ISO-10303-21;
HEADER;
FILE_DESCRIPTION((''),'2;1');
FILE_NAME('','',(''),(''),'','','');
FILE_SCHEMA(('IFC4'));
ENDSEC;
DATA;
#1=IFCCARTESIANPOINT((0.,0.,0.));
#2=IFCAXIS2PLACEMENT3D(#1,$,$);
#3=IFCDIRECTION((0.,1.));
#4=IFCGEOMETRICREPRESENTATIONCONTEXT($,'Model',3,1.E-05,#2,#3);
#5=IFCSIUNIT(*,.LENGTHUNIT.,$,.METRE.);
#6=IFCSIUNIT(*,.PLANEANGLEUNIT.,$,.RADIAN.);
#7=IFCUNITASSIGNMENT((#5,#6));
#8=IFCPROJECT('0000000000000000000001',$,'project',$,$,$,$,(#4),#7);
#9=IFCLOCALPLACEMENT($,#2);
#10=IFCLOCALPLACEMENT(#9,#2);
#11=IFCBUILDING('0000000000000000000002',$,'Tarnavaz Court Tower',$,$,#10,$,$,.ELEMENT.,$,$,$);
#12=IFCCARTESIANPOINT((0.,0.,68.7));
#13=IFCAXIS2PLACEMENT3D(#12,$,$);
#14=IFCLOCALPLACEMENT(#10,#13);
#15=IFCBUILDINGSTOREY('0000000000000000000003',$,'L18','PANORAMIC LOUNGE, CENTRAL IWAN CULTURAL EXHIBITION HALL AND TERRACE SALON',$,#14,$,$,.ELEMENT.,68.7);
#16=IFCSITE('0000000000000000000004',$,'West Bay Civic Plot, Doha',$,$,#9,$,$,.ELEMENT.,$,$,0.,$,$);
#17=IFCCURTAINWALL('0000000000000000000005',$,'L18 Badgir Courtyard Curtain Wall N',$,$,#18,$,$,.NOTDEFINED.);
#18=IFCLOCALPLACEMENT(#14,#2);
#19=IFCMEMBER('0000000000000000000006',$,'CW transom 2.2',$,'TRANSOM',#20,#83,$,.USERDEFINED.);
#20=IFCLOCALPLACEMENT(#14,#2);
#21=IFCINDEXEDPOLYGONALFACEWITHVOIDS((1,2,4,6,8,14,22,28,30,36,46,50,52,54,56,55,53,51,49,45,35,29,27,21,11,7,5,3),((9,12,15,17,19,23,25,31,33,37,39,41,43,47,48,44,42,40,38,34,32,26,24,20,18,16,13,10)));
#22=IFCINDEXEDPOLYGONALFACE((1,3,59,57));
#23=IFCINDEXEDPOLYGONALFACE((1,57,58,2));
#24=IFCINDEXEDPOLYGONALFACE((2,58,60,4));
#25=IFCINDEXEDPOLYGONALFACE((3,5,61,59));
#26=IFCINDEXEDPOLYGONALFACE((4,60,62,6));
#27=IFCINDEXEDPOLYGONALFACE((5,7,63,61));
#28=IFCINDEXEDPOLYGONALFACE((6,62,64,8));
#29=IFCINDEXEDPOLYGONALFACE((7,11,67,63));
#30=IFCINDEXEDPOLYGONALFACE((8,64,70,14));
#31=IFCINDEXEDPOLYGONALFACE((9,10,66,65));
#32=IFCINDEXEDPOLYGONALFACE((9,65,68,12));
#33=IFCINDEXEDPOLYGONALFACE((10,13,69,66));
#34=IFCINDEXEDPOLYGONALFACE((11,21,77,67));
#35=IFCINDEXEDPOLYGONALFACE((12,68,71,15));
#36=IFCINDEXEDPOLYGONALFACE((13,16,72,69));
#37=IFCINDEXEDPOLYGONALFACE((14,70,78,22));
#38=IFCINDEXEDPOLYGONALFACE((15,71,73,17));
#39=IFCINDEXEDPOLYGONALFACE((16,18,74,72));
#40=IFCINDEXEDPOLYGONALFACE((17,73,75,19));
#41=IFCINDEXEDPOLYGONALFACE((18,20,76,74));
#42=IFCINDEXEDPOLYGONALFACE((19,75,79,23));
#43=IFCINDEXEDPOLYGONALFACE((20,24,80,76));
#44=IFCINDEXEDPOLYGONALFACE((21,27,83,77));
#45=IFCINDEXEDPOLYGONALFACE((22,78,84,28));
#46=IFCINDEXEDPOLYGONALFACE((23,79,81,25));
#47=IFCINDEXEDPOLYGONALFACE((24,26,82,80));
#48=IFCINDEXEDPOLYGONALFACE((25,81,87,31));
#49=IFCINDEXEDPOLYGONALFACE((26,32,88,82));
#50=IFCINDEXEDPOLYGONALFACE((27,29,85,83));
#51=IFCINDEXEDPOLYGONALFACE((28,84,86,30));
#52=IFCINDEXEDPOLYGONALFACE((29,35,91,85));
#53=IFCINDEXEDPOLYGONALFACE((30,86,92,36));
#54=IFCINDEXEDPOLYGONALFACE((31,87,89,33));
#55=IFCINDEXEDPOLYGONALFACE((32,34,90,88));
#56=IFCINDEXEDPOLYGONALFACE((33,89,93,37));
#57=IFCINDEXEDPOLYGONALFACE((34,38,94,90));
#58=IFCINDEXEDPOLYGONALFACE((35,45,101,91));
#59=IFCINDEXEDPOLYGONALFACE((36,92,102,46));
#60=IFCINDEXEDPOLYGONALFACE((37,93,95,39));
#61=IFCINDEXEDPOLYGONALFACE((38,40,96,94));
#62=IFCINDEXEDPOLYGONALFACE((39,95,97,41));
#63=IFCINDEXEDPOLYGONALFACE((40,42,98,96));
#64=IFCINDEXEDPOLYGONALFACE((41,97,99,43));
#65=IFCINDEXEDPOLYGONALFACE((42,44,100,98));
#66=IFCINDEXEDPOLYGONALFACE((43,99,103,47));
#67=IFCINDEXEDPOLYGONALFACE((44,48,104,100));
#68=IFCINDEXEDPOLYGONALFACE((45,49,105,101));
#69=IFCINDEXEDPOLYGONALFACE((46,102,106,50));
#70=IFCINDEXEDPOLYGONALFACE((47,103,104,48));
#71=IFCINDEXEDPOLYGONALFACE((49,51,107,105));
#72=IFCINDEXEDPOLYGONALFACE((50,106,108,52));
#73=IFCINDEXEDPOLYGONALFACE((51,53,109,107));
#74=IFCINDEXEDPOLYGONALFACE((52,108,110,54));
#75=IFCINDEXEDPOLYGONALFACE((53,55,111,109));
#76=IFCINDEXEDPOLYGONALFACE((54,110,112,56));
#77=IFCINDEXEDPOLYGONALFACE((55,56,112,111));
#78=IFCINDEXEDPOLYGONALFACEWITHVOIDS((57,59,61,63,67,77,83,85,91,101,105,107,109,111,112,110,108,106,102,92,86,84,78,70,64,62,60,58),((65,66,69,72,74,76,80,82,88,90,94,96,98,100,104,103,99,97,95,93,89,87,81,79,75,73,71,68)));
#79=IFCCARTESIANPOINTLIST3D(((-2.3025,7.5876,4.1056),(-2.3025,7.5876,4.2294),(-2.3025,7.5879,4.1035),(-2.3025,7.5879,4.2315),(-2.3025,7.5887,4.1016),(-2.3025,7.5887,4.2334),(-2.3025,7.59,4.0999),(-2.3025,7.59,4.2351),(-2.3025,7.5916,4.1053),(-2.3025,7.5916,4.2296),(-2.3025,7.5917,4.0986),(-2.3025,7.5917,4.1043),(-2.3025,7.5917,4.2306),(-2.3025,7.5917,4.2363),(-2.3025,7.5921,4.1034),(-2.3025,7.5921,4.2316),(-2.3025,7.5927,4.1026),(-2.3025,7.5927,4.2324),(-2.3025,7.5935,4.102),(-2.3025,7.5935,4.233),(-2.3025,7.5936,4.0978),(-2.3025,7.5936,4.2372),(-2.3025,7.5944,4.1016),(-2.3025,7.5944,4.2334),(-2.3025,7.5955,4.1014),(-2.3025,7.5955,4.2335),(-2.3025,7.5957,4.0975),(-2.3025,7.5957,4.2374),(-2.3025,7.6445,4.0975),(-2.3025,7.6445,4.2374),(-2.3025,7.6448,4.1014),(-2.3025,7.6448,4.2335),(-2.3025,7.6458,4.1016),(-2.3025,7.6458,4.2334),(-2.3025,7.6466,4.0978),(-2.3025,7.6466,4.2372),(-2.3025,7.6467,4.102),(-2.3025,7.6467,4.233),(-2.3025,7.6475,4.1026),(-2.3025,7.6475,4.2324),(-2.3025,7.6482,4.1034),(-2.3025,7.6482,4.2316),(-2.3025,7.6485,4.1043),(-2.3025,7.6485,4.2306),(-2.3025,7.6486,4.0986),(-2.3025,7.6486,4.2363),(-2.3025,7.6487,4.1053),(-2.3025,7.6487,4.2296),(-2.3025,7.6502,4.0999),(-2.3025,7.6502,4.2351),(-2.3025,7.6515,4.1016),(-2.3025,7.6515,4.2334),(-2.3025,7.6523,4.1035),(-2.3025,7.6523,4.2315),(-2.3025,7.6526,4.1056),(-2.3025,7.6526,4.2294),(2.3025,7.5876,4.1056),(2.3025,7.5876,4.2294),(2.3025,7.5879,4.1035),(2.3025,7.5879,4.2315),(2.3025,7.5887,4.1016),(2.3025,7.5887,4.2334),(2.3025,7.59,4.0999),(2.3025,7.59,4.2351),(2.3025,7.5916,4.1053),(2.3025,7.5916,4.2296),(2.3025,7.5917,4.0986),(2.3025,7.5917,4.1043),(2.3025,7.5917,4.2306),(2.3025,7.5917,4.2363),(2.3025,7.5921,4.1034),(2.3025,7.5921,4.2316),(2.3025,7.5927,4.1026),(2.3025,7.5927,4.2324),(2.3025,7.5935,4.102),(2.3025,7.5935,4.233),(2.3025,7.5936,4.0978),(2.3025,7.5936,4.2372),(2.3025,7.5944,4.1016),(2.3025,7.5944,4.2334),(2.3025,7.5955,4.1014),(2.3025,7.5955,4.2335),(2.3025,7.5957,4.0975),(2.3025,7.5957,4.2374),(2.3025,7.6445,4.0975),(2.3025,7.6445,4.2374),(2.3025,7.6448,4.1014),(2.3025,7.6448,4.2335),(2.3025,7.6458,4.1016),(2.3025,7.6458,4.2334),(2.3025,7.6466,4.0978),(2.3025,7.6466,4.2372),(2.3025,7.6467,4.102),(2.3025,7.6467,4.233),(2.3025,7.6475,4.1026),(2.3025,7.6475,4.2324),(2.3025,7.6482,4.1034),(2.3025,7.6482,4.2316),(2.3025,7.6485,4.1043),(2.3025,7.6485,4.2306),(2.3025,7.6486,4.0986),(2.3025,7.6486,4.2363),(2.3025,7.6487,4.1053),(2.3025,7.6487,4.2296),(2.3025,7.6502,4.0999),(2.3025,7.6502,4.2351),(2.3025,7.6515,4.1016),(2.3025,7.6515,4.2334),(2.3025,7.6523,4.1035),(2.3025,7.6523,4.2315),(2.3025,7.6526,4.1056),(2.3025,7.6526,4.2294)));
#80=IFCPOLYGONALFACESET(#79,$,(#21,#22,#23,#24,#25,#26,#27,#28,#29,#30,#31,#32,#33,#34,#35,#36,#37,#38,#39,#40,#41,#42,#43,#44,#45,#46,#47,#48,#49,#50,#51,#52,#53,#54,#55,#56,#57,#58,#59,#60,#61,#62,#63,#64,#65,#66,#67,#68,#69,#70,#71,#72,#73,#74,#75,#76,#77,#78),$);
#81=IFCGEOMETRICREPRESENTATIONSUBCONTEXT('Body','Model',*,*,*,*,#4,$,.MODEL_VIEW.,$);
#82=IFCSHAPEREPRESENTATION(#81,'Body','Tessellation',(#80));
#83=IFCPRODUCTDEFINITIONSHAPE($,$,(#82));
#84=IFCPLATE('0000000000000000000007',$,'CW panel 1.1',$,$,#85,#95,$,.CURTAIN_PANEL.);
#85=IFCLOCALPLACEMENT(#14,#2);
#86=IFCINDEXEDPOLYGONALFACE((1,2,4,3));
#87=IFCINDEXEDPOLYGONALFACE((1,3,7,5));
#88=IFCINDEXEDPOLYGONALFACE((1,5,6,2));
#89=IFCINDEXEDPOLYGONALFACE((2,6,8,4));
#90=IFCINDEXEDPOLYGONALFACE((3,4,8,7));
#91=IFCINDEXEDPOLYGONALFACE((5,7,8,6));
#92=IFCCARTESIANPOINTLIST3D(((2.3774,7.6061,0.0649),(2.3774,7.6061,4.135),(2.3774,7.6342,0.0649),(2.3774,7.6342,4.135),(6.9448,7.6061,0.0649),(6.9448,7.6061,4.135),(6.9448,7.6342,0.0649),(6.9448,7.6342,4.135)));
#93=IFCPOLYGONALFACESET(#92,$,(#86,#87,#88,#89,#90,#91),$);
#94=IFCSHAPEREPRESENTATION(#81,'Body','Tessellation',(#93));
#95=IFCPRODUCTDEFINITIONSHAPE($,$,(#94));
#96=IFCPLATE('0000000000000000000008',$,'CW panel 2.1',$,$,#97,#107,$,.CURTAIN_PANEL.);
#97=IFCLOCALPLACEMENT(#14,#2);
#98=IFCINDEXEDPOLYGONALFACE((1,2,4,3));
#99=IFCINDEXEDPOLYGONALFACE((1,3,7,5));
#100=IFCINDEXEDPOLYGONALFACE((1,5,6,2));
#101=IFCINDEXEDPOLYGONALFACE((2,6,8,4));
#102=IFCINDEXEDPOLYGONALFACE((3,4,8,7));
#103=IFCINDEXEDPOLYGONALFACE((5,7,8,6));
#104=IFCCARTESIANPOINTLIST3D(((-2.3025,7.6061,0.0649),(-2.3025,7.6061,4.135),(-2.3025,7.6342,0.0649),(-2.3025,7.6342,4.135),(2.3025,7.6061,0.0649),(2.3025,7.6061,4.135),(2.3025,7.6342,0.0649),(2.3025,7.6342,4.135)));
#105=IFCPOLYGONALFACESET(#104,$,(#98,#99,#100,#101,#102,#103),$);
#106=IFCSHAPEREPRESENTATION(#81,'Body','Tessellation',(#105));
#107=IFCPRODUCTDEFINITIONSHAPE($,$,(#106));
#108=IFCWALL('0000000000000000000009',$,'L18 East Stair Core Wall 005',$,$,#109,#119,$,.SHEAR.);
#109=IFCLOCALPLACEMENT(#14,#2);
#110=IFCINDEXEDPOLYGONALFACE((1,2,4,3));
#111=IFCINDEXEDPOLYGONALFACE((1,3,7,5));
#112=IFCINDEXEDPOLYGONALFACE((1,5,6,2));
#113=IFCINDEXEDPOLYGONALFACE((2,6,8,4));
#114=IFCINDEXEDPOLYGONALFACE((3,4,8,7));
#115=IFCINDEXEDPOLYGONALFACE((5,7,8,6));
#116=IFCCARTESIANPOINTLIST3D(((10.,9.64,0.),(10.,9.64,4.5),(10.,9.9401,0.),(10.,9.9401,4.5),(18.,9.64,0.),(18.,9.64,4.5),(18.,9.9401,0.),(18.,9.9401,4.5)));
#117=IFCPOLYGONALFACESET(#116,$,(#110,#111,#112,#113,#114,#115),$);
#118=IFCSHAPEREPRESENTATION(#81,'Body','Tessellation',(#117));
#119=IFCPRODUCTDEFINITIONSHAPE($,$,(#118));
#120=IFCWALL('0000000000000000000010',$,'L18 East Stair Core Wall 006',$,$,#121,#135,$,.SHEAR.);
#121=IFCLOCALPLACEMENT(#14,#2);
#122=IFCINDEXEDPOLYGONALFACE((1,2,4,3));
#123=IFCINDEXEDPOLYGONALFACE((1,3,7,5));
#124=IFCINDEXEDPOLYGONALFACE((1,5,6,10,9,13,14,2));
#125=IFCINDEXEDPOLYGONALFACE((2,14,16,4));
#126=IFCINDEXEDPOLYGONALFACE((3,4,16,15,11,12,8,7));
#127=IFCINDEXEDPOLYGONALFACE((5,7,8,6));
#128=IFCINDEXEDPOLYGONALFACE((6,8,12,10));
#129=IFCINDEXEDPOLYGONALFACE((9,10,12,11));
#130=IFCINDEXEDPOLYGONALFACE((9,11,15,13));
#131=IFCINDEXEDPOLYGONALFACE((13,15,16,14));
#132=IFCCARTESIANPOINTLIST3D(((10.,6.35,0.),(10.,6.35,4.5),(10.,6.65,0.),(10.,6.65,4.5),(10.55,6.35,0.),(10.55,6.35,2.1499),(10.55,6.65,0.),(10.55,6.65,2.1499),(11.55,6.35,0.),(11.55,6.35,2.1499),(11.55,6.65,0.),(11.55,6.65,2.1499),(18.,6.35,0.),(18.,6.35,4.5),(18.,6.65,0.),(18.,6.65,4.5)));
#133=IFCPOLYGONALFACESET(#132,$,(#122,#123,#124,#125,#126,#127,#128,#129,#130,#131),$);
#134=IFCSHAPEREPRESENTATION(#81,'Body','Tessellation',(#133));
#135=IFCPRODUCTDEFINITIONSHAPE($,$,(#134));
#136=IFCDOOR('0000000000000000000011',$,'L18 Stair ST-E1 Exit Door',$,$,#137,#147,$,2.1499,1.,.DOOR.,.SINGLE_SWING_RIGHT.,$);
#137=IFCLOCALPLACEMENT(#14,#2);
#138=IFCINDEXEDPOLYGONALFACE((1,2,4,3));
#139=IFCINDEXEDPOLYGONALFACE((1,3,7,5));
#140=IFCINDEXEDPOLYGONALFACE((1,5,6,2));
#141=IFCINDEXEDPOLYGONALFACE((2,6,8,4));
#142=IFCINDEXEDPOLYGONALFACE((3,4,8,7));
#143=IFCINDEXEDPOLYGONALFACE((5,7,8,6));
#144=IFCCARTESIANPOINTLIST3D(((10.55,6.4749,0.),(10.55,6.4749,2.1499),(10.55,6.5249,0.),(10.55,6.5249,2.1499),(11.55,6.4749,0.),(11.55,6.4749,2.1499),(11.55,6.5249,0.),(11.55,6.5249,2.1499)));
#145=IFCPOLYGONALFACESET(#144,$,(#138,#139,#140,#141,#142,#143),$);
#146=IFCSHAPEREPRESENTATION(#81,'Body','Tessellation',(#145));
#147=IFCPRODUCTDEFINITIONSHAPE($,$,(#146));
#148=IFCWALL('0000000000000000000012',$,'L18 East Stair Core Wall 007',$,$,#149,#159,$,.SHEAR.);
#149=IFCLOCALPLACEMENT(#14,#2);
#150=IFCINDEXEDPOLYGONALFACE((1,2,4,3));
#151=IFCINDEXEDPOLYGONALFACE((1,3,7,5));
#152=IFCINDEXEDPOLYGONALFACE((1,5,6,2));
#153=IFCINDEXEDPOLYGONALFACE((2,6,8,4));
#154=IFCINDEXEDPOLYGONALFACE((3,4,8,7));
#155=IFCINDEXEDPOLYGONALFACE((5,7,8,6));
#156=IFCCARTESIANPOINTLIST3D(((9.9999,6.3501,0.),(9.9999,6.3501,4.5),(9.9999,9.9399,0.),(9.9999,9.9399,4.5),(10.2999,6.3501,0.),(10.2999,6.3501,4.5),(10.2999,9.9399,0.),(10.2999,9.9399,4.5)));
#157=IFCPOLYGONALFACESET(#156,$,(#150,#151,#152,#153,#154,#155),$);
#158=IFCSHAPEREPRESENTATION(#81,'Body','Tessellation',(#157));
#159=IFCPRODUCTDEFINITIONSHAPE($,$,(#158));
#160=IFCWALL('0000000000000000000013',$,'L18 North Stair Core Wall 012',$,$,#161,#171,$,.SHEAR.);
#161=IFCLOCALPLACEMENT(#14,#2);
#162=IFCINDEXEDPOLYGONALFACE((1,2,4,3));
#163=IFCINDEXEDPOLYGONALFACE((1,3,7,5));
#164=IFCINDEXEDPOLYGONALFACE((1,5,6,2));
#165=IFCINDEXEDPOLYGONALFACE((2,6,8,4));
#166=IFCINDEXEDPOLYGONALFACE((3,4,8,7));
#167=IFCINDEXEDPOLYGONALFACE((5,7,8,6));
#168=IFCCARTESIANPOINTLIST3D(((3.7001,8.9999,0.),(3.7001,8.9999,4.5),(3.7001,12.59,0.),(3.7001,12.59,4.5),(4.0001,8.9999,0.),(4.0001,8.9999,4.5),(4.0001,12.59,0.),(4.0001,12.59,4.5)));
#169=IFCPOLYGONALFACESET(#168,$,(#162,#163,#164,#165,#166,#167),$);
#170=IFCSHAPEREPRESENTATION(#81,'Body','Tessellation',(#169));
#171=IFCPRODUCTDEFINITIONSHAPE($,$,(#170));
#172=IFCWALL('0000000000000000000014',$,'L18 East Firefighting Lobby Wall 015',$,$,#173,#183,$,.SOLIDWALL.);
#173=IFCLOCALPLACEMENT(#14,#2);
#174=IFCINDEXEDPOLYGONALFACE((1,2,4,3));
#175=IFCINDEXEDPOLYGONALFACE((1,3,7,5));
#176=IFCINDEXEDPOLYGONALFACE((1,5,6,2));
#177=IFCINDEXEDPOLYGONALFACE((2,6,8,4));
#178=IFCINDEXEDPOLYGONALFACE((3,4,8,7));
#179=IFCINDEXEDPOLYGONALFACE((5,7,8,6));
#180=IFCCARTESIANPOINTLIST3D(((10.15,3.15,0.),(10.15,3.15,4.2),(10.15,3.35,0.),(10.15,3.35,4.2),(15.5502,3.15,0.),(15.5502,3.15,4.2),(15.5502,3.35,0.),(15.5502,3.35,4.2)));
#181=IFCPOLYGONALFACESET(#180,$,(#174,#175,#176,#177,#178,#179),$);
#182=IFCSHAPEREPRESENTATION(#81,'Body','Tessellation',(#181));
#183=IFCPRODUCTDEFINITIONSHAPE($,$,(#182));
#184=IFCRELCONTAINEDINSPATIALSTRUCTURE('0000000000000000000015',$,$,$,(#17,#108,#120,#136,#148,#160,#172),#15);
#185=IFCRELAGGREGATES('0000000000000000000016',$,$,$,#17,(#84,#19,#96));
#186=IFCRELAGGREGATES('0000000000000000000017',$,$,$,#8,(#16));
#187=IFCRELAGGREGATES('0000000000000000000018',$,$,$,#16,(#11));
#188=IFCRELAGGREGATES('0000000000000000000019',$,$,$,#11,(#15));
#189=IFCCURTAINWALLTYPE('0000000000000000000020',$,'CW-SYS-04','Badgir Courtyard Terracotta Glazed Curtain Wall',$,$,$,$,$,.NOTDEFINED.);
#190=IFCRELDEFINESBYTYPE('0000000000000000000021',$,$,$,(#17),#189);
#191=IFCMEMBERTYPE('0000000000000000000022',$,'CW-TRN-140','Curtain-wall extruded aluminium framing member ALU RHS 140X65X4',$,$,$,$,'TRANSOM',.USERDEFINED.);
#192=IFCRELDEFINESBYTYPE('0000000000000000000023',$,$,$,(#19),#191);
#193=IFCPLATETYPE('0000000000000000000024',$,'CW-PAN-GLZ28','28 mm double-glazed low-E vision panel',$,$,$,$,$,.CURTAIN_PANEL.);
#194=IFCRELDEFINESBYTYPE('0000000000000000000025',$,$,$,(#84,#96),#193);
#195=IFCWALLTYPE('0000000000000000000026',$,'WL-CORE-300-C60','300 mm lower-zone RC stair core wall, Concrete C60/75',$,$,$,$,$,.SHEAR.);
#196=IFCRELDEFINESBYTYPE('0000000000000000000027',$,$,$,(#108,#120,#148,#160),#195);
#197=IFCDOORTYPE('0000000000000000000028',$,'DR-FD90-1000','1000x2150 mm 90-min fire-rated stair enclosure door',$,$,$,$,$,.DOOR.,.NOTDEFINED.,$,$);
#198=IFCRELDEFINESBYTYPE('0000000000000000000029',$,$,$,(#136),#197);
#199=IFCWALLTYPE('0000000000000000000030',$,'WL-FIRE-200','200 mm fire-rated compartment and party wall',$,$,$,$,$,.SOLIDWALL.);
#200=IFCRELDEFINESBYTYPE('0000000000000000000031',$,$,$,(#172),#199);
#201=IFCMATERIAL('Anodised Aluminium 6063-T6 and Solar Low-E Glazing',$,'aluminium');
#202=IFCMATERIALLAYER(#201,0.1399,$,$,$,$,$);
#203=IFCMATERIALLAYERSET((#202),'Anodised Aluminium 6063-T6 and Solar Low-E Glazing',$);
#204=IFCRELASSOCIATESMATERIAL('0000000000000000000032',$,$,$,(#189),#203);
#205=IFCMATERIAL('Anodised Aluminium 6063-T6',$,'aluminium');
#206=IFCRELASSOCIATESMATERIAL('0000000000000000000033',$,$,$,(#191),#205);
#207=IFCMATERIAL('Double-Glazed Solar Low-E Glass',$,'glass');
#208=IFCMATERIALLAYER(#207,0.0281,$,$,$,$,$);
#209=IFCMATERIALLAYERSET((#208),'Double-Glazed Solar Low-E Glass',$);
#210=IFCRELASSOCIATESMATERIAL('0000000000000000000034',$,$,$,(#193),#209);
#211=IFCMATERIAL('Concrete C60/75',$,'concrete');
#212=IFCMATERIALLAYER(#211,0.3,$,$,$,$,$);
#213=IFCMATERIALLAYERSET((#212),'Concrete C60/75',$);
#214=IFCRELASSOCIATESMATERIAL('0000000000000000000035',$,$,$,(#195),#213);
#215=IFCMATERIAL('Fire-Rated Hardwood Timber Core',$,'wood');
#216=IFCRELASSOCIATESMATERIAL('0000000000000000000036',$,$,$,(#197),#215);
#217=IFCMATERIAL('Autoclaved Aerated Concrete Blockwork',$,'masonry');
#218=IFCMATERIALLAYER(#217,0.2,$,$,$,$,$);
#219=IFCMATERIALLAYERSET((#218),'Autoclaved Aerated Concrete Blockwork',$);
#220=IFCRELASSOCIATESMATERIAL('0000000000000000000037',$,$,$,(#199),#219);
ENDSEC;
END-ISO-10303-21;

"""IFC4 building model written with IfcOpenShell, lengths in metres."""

from ifc_helpers import new_model, si_unit, direction, frame, frame_2d, origin, origin_2d, place, context, subcontext, project, spatial, rectangle, hollow_rectangle, extrude, material, layer, layer_set, material_profile, profile_set, type_object, element, fill, aggregate, save


model = new_model("IFC4")

# Units and contexts
model_context = context("Model", 3, precision=1e-05, world=origin(), true_north=direction((0.0, 1.0)))
body_context = subcontext(model_context, "Body", "Model", "MODEL_VIEW")
ifc_project = project(units=[si_unit("LENGTHUNIT", "METRE"), si_unit("PLANEANGLEUNIT", "RADIAN")], contexts=[model_context])

# Site, building, storey
site_placement = place(None, origin())
site = spatial("IfcSite", under=ifc_project, at=site_placement, Name="West Bay Civic Plot, Doha", CompositionType="ELEMENT", RefElevation=0.0)
building_placement = place(site_placement, origin())
building = spatial("IfcBuilding", under=site, at=building_placement, Name="Tarnavaz Court Tower", CompositionType="ELEMENT")
storey_placement = place(building_placement, frame((0.0, 0.0, 68.7)))
storey = spatial("IfcBuildingStorey", under=building, at=storey_placement, Name="L18", Description="PANORAMIC LOUNGE, CENTRAL IWAN CULTURAL EXHIBITION HALL AND TERRACE SALON", CompositionType="ELEMENT", Elevation=68.7)

# Shared definitions
ifc_material_1 = material(Name="Concrete C60/75", Category="concrete")

# Curtain wall, member, plates
ifc_material_2 = material(Name="Anodised Aluminium 6063-T6 and Solar Low-E Glazing", Category="aluminium")
ifc_layer_1 = layer(ifc_material_2, 0.1399)
ifc_layer_set_1 = layer_set([ifc_layer_1], Name="Anodised Aluminium 6063-T6 and Solar Low-E Glazing")
curtain_wall_type = type_object("IfcCurtainWallType", Name="CW-SYS-04", Description="Badgir Courtyard Terracotta Glazed Curtain Wall", PredefinedType="NOTDEFINED", material=ifc_layer_set_1)
curtain_wall_placement = place(storey_placement, origin())
curtain_wall = element("IfcCurtainWall", 1, at=curtain_wall_placement, inside=storey, type_object=curtain_wall_type, Name="L18 Badgir Courtyard Curtain Wall N", PredefinedType="NOTDEFINED")
ifc_material_3 = material(Name="Anodised Aluminium 6063-T6", Category="aluminium")
ifc_material_profile_1 = material_profile(ifc_material_3, hollow_rectangle(XDim=0.0649, YDim=0.1399, WallThickness=0.0039, InnerFilletRadius=0.0039, OuterFilletRadius=0.0081, at=origin_2d()), Name="ALU RHS 140X65X4")
ifc_profile_set_1 = profile_set([ifc_material_profile_1], Name="Anodised Aluminium 6063-T6")
member_type_1 = type_object("IfcMemberType", Name="CW-TRN-140", Description="Curtain-wall extruded aluminium framing member ALU RHS 140X65X4", ElementType="TRANSOM", PredefinedType="USERDEFINED", material=ifc_profile_set_1)
member_1_placement = place(storey_placement, frame((2.3025, 7.6201, 4.1675), z_axis=(-1.0, 0.0, 0.0), x_axis=(0.0, -1.0, 0.0)))
member_1 = element("IfcMember", 2, at=member_1_placement, type_object=member_type_1, Name="CW transom 2.2", ObjectType="TRANSOM", PredefinedType="USERDEFINED", context=body_context, shape_type="SweptSolid", body=[
    extrude(hollow_rectangle(XDim=0.0649, YDim=0.1399, WallThickness=0.0039, InnerFilletRadius=0.0039, OuterFilletRadius=0.0081, at=origin_2d()), origin(), (0.0, 0.0, 1.0), 4.605),
])
ifc_material_4 = material(Name="Double-Glazed Solar Low-E Glass", Category="glass")
ifc_layer_2 = layer(ifc_material_4, 0.0281)
ifc_layer_set_2 = layer_set([ifc_layer_2], Name="Double-Glazed Solar Low-E Glass")
plate_type = type_object("IfcPlateType", Name="CW-PAN-GLZ28", Description="28 mm double-glazed low-E vision panel", PredefinedType="CURTAIN_PANEL", material=ifc_layer_set_2)
plate_1_placement = place(storey_placement, frame((4.6611, 7.6201, 0.0649), z_axis=(0.0, 0.0, 1.0), x_axis=(-1.0, 0.0, 0.0)))
plate_1 = element("IfcPlate", 3, at=plate_1_placement, type_object=plate_type, Name="CW panel 1.1", PredefinedType="CURTAIN_PANEL", context=body_context, shape_type="SweptSolid", body=[
    extrude(rectangle(XDim=4.5674, YDim=0.0281, at=origin_2d()), origin(), (0.0, 0.0, 1.0), 4.0701),
])
plate_2_placement = place(storey_placement, frame((0.0, 7.6201, 0.0649), z_axis=(0.0, 0.0, 1.0), x_axis=(-1.0, 0.0, 0.0)))
plate_2 = element("IfcPlate", 4, at=plate_2_placement, type_object=plate_type, Name="CW panel 2.1", PredefinedType="CURTAIN_PANEL", context=body_context, shape_type="SweptSolid", body=[
    extrude(rectangle(XDim=4.605, YDim=0.0281, at=origin_2d()), origin(), (0.0, 0.0, 1.0), 4.0701),
])
aggregate(curtain_wall, [plate_1, member_1, plate_2])

# Wall
ifc_layer_3 = layer(ifc_material_1, 0.3)
ifc_layer_set_3 = layer_set([ifc_layer_3], Name="Concrete C60/75")
wall_type_1 = type_object("IfcWallType", Name="WL-CORE-300-C60", Description="300 mm lower-zone RC stair core wall, Concrete C60/75", PredefinedType="SHEAR", material=ifc_layer_set_3)
wall_1_placement = place(storey_placement, frame((10.0, 9.79, 0.0), z_axis=(0.0, 0.0, 1.0), x_axis=(1.0, 0.0, 0.0)))
element("IfcWall", 5, at=wall_1_placement, inside=storey, type_object=wall_type_1, Name="L18 East Stair Core Wall 005", PredefinedType="SHEAR", context=body_context, shape_type="SweptSolid", body=[
    extrude(rectangle(XDim=8.0, YDim=0.3, at=frame_2d((4.0, 0.0))), origin(), (0.0, 0.0, 1.0), 4.5),
])

# Wall, opening, door
wall_2_placement = place(storey_placement, frame((10.0, 6.5, 0.0), z_axis=(0.0, 0.0, 1.0), x_axis=(1.0, 0.0, 0.0)))
wall_2 = element("IfcWall", 6, at=wall_2_placement, inside=storey, type_object=wall_type_1, Name="L18 East Stair Core Wall 006", PredefinedType="SHEAR", context=body_context, shape_type="SweptSolid", body=[
    extrude(rectangle(XDim=8.0, YDim=0.3, at=frame_2d((4.0, 0.0))), origin(), (0.0, 0.0, 1.0), 4.5),
])
opening_1_placement = place(wall_2_placement, frame((0.55, 0.0, 0.0)))
opening_1 = element("IfcOpeningElement", 7, at=opening_1_placement, cuts=wall_2, PredefinedType="OPENING", context=body_context, shape_type="SweptSolid", body=[
    extrude(rectangle(XDim=1.0, YDim=2.1499, at=frame_2d((0.5, 1.075))), frame((0.0, 0.1599, 0.0), z_axis=(0.0, -1.0, 0.0), x_axis=(1.0, 0.0, 0.0)), (0.0, 0.0, 1.0), 0.3201),
])
ifc_material_5 = material(Name="Fire-Rated Hardwood Timber Core", Category="wood")
door_type_1 = type_object("IfcDoorType", Name="DR-FD90-1000", Description="1000x2150 mm 90-min fire-rated stair enclosure door", OperationType="NOTDEFINED", PredefinedType="DOOR", material=ifc_material_5)
door_1_placement = place(opening_1_placement, origin())
door_1 = element("IfcDoor", 8, at=door_1_placement, inside=storey, type_object=door_type_1, Name="L18 Stair ST-E1 Exit Door", OperationType="SINGLE_SWING_RIGHT", OverallHeight=2.1499, OverallWidth=1.0, PredefinedType="DOOR", context=body_context, shape_type="SweptSolid", body=[
    extrude(rectangle(XDim=1.0, YDim=2.1499, at=frame_2d((0.5, 1.075))), frame((0.0, 0.0249, 0.0), z_axis=(0.0, -1.0, 0.0), x_axis=(1.0, 0.0, 0.0)), (0.0, 0.0, 1.0), 0.05),
])
fill(opening_1, door_1)

# Walls
wall_3_placement = place(storey_placement, frame((10.1499, 6.3501, 0.0), z_axis=(0.0, 0.0, 1.0), x_axis=(0.0, 1.0, 0.0)))
element("IfcWall", 9, at=wall_3_placement, inside=storey, type_object=wall_type_1, Name="L18 East Stair Core Wall 007", PredefinedType="SHEAR", context=body_context, shape_type="SweptSolid", body=[
    extrude(rectangle(XDim=3.5898, YDim=0.3, at=frame_2d((1.7949, 0.0))), origin(), (0.0, 0.0, 1.0), 4.5),
])
wall_4_placement = place(storey_placement, frame((3.8501, 9.0, 0.0), z_axis=(0.0, 0.0, 1.0), x_axis=(0.0, 1.0, 0.0)))
element("IfcWall", 10, at=wall_4_placement, inside=storey, type_object=wall_type_1, Name="L18 North Stair Core Wall 012", PredefinedType="SHEAR", context=body_context, shape_type="SweptSolid", body=[
    extrude(rectangle(XDim=3.5901, YDim=0.3, at=frame_2d((1.7949, 0.0))), origin(), (0.0, 0.0, 1.0), 4.5),
])
ifc_material_6 = material(Name="Autoclaved Aerated Concrete Blockwork", Category="masonry")
ifc_layer_4 = layer(ifc_material_6, 0.2)
ifc_layer_set_4 = layer_set([ifc_layer_4], Name="Autoclaved Aerated Concrete Blockwork")
wall_type_2 = type_object("IfcWallType", Name="WL-FIRE-200", Description="200 mm fire-rated compartment and party wall", PredefinedType="SOLIDWALL", material=ifc_layer_set_4)
wall_5_placement = place(storey_placement, frame((10.1499, 3.25, 0.0), z_axis=(0.0, 0.0, 1.0), x_axis=(1.0, 0.0, 0.0)))
element("IfcWall", 11, at=wall_5_placement, inside=storey, type_object=wall_type_2, Name="L18 East Firefighting Lobby Wall 015", PredefinedType="SOLIDWALL", context=body_context, shape_type="SweptSolid", body=[
    extrude(rectangle(XDim=5.4001, YDim=0.2, at=frame_2d((2.7002, 0.0))), origin(), (0.0, 0.0, 1.0), 4.2),
])

save(model, "model.ifc")
